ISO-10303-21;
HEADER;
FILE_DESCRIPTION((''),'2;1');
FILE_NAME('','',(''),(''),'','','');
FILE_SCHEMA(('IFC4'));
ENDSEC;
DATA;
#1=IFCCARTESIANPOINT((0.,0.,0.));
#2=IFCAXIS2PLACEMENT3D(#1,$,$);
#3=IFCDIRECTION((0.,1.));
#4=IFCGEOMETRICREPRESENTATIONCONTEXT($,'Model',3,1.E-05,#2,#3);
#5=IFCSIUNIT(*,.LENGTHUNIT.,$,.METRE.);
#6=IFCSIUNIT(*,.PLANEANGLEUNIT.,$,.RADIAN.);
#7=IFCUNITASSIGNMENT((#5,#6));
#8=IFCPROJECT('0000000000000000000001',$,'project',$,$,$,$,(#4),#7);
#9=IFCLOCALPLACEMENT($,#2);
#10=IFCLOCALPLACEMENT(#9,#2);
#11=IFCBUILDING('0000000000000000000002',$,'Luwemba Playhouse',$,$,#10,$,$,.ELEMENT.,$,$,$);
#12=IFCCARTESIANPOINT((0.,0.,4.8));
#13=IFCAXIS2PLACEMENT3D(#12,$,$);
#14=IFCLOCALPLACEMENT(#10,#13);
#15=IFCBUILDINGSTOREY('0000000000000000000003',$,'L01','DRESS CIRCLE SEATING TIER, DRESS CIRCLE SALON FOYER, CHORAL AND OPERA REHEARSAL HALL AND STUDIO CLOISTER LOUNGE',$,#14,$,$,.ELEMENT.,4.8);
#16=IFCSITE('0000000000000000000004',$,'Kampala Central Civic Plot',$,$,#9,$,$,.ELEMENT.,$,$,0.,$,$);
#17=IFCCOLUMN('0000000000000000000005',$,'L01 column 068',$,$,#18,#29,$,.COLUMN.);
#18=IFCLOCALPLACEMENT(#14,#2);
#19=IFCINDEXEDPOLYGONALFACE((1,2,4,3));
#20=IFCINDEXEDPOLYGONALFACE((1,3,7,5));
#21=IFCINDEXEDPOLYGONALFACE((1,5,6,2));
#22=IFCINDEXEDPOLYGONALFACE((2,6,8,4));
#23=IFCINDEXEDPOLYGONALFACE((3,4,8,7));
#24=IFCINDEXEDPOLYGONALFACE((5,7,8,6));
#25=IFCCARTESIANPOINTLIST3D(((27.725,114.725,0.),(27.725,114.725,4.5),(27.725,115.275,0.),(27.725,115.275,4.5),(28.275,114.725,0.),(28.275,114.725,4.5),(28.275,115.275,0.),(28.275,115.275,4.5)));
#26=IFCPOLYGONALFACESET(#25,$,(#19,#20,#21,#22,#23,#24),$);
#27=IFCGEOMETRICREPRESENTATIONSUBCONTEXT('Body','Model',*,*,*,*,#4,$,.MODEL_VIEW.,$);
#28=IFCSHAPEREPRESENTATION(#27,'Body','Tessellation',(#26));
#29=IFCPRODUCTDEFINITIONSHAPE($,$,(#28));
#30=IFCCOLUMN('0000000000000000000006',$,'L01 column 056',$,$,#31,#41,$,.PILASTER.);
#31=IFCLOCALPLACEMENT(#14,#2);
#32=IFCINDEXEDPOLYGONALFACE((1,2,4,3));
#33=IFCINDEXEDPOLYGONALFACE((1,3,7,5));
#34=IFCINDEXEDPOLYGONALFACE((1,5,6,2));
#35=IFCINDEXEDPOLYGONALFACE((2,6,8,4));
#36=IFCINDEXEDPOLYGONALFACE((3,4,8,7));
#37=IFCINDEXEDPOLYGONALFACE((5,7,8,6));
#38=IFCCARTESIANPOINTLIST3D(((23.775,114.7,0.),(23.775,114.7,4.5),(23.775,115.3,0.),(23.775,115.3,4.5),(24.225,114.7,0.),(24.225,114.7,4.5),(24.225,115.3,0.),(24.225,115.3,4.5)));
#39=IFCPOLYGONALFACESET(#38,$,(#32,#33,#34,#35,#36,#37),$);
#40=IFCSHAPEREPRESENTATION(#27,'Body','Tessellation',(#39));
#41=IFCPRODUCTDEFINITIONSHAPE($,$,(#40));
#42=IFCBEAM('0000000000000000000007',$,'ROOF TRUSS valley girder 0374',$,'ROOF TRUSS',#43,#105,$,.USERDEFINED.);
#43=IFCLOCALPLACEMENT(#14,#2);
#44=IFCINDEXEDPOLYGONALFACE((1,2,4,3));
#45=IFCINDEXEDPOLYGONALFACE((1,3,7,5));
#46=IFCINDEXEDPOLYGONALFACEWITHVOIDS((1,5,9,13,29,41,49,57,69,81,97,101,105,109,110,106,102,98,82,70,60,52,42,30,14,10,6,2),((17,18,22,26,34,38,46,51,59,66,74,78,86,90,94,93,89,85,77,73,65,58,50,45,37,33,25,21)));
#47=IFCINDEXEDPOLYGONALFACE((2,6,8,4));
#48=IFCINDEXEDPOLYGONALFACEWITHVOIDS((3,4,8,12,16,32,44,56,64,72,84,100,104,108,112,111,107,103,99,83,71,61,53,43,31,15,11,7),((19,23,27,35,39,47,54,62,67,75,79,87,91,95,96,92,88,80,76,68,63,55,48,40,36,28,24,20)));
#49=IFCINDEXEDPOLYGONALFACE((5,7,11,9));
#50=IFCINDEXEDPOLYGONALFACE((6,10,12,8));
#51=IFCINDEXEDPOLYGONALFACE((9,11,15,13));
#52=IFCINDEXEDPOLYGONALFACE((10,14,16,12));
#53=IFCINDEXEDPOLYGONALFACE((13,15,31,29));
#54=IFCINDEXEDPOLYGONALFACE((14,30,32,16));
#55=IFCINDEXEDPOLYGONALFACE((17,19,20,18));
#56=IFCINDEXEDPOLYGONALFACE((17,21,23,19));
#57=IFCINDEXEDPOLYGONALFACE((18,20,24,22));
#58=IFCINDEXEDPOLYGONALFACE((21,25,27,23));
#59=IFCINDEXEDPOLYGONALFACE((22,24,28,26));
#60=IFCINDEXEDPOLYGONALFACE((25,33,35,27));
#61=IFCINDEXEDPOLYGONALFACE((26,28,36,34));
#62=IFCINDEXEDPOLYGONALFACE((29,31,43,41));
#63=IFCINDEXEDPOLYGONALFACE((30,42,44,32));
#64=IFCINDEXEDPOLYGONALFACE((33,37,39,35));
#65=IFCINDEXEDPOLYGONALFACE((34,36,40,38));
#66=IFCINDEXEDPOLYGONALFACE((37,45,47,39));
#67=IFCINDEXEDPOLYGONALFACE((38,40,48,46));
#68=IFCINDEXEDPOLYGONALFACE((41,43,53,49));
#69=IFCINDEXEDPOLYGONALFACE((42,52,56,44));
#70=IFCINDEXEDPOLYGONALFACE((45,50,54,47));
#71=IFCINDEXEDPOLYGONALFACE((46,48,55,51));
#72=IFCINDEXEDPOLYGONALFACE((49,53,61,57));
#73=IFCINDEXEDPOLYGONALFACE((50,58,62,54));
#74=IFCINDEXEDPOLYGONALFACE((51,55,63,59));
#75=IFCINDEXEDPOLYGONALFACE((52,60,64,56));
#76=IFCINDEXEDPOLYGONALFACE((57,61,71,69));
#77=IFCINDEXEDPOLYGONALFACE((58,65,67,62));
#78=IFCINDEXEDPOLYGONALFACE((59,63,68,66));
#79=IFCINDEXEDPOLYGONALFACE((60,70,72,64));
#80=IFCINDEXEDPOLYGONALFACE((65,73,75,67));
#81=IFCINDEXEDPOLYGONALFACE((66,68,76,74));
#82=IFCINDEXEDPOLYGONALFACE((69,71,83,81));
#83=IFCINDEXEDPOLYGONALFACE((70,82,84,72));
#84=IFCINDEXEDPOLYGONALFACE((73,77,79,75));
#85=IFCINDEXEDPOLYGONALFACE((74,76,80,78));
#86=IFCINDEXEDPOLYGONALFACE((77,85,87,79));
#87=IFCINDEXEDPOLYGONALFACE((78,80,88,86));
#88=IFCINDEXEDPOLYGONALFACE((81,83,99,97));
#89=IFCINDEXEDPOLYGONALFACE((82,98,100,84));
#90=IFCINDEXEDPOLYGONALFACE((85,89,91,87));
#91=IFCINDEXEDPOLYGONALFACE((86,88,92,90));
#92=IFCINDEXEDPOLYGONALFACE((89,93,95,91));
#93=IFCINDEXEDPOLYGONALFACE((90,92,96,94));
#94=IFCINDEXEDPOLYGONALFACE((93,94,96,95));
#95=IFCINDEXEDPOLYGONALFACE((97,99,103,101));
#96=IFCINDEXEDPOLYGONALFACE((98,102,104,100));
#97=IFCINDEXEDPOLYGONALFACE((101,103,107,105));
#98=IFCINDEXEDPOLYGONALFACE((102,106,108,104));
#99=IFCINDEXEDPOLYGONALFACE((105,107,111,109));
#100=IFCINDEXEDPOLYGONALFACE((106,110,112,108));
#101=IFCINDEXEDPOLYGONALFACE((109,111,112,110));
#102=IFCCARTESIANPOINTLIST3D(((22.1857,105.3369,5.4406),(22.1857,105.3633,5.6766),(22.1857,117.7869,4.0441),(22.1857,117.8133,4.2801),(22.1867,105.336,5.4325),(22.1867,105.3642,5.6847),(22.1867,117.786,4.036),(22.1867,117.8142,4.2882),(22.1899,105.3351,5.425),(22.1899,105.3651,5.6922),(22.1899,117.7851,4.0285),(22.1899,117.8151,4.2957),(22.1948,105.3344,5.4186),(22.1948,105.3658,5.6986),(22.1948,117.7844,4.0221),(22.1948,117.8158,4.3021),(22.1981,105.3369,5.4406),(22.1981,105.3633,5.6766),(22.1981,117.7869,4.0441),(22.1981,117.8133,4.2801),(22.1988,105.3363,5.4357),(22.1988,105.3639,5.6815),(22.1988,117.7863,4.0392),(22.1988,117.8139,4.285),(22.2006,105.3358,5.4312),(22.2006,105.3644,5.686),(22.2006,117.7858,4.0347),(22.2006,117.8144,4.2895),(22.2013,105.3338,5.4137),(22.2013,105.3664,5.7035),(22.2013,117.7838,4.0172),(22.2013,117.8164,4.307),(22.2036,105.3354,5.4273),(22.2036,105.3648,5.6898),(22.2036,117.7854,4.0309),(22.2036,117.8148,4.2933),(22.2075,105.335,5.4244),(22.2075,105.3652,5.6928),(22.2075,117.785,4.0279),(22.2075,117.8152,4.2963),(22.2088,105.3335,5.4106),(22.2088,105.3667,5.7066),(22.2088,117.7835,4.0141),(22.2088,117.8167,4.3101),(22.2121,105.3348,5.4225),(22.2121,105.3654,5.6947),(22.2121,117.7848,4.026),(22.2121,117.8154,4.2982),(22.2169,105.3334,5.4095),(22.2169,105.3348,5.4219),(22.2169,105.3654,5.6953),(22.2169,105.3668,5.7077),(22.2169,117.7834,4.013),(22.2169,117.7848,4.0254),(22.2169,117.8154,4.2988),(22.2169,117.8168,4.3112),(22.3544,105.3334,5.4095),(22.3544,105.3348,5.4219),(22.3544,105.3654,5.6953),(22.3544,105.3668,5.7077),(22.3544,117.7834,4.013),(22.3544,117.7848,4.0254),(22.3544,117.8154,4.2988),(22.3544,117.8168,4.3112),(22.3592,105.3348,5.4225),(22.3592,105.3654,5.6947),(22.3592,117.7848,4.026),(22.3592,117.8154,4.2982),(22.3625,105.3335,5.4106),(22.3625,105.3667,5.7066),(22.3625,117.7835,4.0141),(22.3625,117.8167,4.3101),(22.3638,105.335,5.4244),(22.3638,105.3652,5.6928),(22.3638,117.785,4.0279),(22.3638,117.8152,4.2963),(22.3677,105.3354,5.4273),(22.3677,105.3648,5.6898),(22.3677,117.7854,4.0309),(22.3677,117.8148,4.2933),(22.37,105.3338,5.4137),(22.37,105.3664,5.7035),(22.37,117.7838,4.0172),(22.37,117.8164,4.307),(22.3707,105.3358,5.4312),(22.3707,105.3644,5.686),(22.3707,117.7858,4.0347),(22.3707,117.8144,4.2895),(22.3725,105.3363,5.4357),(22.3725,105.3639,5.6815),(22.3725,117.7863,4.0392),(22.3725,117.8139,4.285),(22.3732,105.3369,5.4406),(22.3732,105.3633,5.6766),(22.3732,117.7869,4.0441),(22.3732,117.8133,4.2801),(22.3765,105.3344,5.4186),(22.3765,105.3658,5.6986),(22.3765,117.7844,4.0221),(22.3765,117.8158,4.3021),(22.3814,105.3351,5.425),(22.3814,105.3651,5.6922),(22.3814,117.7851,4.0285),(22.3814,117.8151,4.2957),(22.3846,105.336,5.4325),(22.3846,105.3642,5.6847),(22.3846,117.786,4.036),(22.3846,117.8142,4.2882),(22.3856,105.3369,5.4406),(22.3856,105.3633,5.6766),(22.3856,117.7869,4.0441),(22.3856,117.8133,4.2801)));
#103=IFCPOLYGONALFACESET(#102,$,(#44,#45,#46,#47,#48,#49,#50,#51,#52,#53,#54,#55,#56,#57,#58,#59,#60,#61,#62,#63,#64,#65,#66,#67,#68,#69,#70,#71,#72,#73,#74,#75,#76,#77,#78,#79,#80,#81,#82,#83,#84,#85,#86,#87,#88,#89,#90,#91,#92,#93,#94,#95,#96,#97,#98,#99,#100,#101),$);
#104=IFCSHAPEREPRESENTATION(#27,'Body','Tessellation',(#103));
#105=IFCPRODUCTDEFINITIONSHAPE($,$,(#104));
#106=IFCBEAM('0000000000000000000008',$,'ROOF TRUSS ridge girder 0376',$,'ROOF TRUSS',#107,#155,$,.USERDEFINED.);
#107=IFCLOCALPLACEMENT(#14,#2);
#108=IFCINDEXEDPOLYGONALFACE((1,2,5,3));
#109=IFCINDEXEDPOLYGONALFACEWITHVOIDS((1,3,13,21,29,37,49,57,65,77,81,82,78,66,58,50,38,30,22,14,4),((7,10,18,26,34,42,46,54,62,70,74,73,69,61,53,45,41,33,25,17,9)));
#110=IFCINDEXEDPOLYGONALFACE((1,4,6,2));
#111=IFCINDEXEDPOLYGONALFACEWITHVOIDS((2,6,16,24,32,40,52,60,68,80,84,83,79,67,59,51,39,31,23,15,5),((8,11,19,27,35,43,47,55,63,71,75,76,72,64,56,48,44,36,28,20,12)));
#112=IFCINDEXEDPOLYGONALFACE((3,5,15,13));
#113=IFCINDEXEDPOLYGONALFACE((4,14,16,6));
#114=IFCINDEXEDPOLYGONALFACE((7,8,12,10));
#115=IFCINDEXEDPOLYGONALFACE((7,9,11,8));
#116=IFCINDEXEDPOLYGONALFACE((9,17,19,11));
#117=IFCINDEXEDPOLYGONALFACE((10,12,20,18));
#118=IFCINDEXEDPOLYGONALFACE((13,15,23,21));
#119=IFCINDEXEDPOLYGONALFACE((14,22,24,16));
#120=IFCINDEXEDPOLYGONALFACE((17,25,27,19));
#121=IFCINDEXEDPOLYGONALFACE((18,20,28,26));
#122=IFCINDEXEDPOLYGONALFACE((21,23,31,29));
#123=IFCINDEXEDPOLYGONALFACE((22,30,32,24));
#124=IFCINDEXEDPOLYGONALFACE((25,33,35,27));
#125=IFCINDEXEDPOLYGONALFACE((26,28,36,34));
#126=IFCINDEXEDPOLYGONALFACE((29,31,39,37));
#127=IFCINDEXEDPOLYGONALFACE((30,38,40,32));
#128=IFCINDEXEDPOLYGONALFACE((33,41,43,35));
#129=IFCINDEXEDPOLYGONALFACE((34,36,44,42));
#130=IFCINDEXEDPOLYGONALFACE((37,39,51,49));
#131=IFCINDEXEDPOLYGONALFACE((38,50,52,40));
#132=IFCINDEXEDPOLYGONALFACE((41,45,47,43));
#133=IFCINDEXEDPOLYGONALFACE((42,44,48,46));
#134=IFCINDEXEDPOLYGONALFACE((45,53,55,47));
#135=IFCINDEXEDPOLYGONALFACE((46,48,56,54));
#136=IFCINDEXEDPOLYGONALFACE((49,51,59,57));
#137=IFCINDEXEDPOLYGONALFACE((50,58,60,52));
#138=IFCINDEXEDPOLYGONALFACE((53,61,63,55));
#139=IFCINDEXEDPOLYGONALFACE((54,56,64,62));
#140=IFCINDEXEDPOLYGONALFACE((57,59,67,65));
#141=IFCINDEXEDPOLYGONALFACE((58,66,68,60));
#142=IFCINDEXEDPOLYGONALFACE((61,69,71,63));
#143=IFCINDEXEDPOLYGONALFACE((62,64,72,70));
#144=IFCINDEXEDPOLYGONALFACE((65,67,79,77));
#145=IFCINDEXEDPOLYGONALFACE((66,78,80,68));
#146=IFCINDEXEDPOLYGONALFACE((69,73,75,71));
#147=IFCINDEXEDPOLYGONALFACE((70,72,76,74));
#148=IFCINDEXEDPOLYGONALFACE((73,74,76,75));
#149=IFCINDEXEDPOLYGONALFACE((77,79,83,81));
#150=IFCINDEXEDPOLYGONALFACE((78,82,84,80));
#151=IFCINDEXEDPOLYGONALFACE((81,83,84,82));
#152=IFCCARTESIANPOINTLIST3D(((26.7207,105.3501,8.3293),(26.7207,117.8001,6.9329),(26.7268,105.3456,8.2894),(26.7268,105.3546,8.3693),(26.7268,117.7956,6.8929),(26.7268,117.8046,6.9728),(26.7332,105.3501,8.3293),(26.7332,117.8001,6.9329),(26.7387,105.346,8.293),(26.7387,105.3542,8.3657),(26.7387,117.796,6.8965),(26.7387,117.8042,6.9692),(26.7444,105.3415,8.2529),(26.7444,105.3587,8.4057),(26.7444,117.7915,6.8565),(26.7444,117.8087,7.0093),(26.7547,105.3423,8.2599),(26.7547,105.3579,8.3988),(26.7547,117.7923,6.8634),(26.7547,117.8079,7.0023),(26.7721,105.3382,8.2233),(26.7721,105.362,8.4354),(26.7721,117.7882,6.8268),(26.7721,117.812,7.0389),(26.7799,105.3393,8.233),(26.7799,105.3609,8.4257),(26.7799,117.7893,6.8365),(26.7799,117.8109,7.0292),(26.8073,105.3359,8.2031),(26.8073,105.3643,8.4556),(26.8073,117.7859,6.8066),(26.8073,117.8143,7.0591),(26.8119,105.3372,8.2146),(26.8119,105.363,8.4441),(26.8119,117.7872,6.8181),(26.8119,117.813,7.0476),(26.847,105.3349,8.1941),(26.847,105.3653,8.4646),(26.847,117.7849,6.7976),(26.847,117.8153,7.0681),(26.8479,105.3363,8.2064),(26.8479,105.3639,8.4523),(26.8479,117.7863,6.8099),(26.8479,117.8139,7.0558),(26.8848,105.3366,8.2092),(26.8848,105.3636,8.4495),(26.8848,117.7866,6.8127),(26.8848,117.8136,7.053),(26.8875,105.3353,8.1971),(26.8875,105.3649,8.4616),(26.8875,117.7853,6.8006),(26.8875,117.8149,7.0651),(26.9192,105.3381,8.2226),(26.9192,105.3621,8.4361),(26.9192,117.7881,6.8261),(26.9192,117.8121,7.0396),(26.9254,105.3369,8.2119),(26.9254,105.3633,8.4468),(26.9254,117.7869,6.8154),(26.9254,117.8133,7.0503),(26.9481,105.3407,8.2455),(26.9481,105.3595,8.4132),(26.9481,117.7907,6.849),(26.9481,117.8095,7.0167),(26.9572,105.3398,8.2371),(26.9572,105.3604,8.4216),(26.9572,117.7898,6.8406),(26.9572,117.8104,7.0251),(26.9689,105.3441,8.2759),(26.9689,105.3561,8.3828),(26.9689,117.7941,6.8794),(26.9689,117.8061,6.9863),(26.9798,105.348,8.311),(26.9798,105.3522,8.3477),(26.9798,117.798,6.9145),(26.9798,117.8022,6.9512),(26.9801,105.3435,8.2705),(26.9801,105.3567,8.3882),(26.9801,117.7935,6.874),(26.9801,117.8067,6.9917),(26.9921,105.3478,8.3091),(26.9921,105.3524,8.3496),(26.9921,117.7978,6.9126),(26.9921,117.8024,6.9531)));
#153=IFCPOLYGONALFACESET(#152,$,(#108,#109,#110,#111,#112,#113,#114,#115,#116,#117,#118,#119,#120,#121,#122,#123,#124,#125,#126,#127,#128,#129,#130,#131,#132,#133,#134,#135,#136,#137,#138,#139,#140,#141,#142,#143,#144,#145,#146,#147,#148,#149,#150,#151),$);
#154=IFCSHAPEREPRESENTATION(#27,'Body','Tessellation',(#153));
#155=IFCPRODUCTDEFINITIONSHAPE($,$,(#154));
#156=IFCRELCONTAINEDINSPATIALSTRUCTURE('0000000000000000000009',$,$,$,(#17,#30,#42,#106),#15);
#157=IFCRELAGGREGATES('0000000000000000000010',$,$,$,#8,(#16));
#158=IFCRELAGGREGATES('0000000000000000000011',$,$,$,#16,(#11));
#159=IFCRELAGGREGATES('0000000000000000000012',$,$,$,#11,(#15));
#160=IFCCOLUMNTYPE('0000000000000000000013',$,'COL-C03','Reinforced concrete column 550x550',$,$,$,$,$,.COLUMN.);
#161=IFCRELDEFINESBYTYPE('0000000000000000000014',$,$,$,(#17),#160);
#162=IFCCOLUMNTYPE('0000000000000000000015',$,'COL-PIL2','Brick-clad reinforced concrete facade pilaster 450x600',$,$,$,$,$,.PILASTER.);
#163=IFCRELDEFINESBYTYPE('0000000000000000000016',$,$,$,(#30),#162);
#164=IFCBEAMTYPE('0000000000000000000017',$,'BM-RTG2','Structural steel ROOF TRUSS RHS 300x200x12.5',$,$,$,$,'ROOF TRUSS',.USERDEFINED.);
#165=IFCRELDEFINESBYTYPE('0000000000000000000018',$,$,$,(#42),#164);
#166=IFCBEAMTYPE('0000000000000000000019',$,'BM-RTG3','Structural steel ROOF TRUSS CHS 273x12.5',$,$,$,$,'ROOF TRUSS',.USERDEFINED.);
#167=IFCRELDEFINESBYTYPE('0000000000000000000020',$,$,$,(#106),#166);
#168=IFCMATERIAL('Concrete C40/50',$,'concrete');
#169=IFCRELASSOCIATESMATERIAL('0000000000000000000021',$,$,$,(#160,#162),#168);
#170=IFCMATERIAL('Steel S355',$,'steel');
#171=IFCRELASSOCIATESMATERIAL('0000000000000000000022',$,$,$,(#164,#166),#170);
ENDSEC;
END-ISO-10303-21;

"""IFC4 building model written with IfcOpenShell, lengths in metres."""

from ifc_helpers import new_model, si_unit, direction, frame, origin, origin_2d, place, context, subcontext, project, spatial, rectangle, hollow_rectangle, hollow_circle, extrude, material, material_profile, profile_set, type_object, element, save


model = new_model("IFC4")

# Units and contexts
model_context = context("Model", 3, precision=1e-05, world=origin(), true_north=direction((0.0, 1.0)))
body_context = subcontext(model_context, "Body", "Model", "MODEL_VIEW")
ifc_project = project(units=[si_unit("LENGTHUNIT", "METRE"), si_unit("PLANEANGLEUNIT", "RADIAN")], contexts=[model_context])

# Site, building, storey
site_placement = place(None, origin())
site = spatial("IfcSite", under=ifc_project, at=site_placement, Name="Kampala Central Civic Plot", CompositionType="ELEMENT", RefElevation=0.0)
building_placement = place(site_placement, origin())
building = spatial("IfcBuilding", under=site, at=building_placement, Name="Luwemba Playhouse", CompositionType="ELEMENT")
storey_placement = place(building_placement, frame((0.0, 0.0, 4.8)))
storey = spatial("IfcBuildingStorey", under=building, at=storey_placement, Name="L01", Description="DRESS CIRCLE SEATING TIER, DRESS CIRCLE SALON FOYER, CHORAL AND OPERA REHEARSAL HALL AND STUDIO CLOISTER LOUNGE", CompositionType="ELEMENT", Elevation=4.8)

# Columns
ifc_material_1 = material(Name="Concrete C40/50", Category="concrete")
ifc_material_profile_1 = material_profile(ifc_material_1, rectangle(XDim=0.55, YDim=0.55, at=origin_2d()))
ifc_profile_set_1 = profile_set([ifc_material_profile_1], Name="Concrete C40/50")
column_type_1 = type_object("IfcColumnType", Name="COL-C03", Description="Reinforced concrete column 550x550", PredefinedType="COLUMN", material=ifc_profile_set_1)
column_1_placement = place(storey_placement, frame((28.0, 115.0, 0.0), z_axis=(0.0, 0.0, 1.0), x_axis=(1.0, 0.0, 0.0)))
element("IfcColumn", 1, at=column_1_placement, inside=storey, type_object=column_type_1, Name="L01 column 068", PredefinedType="COLUMN", context=body_context, shape_type="SweptSolid", body=[
    extrude(rectangle(XDim=0.55, YDim=0.55, at=origin_2d()), origin(), (0.0, 0.0, 1.0), 4.5),
])
ifc_material_profile_2 = material_profile(ifc_material_1, rectangle(XDim=0.45, YDim=0.6001, at=origin_2d()))
ifc_profile_set_2 = profile_set([ifc_material_profile_2], Name="Concrete C40/50")
column_type_2 = type_object("IfcColumnType", Name="COL-PIL2", Description="Brick-clad reinforced concrete facade pilaster 450x600", PredefinedType="PILASTER", material=ifc_profile_set_2)
column_2_placement = place(storey_placement, frame((24.0, 115.0, 0.0), z_axis=(0.0, 0.0, 1.0), x_axis=(1.0, 0.0, 0.0)))
element("IfcColumn", 2, at=column_2_placement, inside=storey, type_object=column_type_2, Name="L01 column 056", PredefinedType="PILASTER", context=body_context, shape_type="SweptSolid", body=[
    extrude(rectangle(XDim=0.45, YDim=0.6001, at=origin_2d()), origin(), (0.0, 0.0, 1.0), 4.5),
])

# Beams
ifc_material_2 = material(Name="Steel S355", Category="steel")
ifc_material_profile_3 = material_profile(ifc_material_2, hollow_rectangle(XDim=0.2, YDim=0.3, WallThickness=0.0125, InnerFilletRadius=0.0188, OuterFilletRadius=0.0312, at=origin_2d()))
ifc_profile_set_3 = profile_set([ifc_material_profile_3], Name="Steel S355")
beam_type_1 = type_object("IfcBeamType", Name="BM-RTG2", Description="Structural steel ROOF TRUSS RHS 300x200x12.5", ElementType="ROOF TRUSS", PredefinedType="USERDEFINED", material=ifc_profile_set_3)
beam_1_placement = place(storey_placement, frame((22.2856, 105.3501, 5.5586), z_axis=(0.0, 0.993768, -0.111469), x_axis=(-1.0, 0.0, 0.0)))
element("IfcBeam", 3, at=beam_1_placement, inside=storey, type_object=beam_type_1, Name="ROOF TRUSS valley girder 0374", ObjectType="ROOF TRUSS", PredefinedType="USERDEFINED", context=body_context, shape_type="SweptSolid", body=[
    extrude(hollow_rectangle(XDim=0.2, YDim=0.3, WallThickness=0.0125, InnerFilletRadius=0.0188, OuterFilletRadius=0.0312, at=origin_2d()), origin(), (0.0, 0.0, 1.0), 12.5281),
])
ifc_material_profile_4 = material_profile(ifc_material_2, hollow_circle(Radius=0.1365, WallThickness=0.0125, at=origin_2d()))
ifc_profile_set_4 = profile_set([ifc_material_profile_4], Name="Steel S355")
beam_type_2 = type_object("IfcBeamType", Name="BM-RTG3", Description="Structural steel ROOF TRUSS CHS 273x12.5", ElementType="ROOF TRUSS", PredefinedType="USERDEFINED", material=ifc_profile_set_4)
beam_2_placement = place(storey_placement, frame((26.8572, 105.3501, 8.3293), z_axis=(0.0, 0.993768, -0.111469), x_axis=(-1.0, 0.0, 0.0)))
element("IfcBeam", 4, at=beam_2_placement, inside=storey, type_object=beam_type_2, Name="ROOF TRUSS ridge girder 0376", ObjectType="ROOF TRUSS", PredefinedType="USERDEFINED", context=body_context, shape_type="SweptSolid", body=[
    extrude(hollow_circle(Radius=0.1365, WallThickness=0.0125, at=origin_2d()), origin(), (0.0, 0.0, 1.0), 12.5281),
])

save(model, "model.ifc")
